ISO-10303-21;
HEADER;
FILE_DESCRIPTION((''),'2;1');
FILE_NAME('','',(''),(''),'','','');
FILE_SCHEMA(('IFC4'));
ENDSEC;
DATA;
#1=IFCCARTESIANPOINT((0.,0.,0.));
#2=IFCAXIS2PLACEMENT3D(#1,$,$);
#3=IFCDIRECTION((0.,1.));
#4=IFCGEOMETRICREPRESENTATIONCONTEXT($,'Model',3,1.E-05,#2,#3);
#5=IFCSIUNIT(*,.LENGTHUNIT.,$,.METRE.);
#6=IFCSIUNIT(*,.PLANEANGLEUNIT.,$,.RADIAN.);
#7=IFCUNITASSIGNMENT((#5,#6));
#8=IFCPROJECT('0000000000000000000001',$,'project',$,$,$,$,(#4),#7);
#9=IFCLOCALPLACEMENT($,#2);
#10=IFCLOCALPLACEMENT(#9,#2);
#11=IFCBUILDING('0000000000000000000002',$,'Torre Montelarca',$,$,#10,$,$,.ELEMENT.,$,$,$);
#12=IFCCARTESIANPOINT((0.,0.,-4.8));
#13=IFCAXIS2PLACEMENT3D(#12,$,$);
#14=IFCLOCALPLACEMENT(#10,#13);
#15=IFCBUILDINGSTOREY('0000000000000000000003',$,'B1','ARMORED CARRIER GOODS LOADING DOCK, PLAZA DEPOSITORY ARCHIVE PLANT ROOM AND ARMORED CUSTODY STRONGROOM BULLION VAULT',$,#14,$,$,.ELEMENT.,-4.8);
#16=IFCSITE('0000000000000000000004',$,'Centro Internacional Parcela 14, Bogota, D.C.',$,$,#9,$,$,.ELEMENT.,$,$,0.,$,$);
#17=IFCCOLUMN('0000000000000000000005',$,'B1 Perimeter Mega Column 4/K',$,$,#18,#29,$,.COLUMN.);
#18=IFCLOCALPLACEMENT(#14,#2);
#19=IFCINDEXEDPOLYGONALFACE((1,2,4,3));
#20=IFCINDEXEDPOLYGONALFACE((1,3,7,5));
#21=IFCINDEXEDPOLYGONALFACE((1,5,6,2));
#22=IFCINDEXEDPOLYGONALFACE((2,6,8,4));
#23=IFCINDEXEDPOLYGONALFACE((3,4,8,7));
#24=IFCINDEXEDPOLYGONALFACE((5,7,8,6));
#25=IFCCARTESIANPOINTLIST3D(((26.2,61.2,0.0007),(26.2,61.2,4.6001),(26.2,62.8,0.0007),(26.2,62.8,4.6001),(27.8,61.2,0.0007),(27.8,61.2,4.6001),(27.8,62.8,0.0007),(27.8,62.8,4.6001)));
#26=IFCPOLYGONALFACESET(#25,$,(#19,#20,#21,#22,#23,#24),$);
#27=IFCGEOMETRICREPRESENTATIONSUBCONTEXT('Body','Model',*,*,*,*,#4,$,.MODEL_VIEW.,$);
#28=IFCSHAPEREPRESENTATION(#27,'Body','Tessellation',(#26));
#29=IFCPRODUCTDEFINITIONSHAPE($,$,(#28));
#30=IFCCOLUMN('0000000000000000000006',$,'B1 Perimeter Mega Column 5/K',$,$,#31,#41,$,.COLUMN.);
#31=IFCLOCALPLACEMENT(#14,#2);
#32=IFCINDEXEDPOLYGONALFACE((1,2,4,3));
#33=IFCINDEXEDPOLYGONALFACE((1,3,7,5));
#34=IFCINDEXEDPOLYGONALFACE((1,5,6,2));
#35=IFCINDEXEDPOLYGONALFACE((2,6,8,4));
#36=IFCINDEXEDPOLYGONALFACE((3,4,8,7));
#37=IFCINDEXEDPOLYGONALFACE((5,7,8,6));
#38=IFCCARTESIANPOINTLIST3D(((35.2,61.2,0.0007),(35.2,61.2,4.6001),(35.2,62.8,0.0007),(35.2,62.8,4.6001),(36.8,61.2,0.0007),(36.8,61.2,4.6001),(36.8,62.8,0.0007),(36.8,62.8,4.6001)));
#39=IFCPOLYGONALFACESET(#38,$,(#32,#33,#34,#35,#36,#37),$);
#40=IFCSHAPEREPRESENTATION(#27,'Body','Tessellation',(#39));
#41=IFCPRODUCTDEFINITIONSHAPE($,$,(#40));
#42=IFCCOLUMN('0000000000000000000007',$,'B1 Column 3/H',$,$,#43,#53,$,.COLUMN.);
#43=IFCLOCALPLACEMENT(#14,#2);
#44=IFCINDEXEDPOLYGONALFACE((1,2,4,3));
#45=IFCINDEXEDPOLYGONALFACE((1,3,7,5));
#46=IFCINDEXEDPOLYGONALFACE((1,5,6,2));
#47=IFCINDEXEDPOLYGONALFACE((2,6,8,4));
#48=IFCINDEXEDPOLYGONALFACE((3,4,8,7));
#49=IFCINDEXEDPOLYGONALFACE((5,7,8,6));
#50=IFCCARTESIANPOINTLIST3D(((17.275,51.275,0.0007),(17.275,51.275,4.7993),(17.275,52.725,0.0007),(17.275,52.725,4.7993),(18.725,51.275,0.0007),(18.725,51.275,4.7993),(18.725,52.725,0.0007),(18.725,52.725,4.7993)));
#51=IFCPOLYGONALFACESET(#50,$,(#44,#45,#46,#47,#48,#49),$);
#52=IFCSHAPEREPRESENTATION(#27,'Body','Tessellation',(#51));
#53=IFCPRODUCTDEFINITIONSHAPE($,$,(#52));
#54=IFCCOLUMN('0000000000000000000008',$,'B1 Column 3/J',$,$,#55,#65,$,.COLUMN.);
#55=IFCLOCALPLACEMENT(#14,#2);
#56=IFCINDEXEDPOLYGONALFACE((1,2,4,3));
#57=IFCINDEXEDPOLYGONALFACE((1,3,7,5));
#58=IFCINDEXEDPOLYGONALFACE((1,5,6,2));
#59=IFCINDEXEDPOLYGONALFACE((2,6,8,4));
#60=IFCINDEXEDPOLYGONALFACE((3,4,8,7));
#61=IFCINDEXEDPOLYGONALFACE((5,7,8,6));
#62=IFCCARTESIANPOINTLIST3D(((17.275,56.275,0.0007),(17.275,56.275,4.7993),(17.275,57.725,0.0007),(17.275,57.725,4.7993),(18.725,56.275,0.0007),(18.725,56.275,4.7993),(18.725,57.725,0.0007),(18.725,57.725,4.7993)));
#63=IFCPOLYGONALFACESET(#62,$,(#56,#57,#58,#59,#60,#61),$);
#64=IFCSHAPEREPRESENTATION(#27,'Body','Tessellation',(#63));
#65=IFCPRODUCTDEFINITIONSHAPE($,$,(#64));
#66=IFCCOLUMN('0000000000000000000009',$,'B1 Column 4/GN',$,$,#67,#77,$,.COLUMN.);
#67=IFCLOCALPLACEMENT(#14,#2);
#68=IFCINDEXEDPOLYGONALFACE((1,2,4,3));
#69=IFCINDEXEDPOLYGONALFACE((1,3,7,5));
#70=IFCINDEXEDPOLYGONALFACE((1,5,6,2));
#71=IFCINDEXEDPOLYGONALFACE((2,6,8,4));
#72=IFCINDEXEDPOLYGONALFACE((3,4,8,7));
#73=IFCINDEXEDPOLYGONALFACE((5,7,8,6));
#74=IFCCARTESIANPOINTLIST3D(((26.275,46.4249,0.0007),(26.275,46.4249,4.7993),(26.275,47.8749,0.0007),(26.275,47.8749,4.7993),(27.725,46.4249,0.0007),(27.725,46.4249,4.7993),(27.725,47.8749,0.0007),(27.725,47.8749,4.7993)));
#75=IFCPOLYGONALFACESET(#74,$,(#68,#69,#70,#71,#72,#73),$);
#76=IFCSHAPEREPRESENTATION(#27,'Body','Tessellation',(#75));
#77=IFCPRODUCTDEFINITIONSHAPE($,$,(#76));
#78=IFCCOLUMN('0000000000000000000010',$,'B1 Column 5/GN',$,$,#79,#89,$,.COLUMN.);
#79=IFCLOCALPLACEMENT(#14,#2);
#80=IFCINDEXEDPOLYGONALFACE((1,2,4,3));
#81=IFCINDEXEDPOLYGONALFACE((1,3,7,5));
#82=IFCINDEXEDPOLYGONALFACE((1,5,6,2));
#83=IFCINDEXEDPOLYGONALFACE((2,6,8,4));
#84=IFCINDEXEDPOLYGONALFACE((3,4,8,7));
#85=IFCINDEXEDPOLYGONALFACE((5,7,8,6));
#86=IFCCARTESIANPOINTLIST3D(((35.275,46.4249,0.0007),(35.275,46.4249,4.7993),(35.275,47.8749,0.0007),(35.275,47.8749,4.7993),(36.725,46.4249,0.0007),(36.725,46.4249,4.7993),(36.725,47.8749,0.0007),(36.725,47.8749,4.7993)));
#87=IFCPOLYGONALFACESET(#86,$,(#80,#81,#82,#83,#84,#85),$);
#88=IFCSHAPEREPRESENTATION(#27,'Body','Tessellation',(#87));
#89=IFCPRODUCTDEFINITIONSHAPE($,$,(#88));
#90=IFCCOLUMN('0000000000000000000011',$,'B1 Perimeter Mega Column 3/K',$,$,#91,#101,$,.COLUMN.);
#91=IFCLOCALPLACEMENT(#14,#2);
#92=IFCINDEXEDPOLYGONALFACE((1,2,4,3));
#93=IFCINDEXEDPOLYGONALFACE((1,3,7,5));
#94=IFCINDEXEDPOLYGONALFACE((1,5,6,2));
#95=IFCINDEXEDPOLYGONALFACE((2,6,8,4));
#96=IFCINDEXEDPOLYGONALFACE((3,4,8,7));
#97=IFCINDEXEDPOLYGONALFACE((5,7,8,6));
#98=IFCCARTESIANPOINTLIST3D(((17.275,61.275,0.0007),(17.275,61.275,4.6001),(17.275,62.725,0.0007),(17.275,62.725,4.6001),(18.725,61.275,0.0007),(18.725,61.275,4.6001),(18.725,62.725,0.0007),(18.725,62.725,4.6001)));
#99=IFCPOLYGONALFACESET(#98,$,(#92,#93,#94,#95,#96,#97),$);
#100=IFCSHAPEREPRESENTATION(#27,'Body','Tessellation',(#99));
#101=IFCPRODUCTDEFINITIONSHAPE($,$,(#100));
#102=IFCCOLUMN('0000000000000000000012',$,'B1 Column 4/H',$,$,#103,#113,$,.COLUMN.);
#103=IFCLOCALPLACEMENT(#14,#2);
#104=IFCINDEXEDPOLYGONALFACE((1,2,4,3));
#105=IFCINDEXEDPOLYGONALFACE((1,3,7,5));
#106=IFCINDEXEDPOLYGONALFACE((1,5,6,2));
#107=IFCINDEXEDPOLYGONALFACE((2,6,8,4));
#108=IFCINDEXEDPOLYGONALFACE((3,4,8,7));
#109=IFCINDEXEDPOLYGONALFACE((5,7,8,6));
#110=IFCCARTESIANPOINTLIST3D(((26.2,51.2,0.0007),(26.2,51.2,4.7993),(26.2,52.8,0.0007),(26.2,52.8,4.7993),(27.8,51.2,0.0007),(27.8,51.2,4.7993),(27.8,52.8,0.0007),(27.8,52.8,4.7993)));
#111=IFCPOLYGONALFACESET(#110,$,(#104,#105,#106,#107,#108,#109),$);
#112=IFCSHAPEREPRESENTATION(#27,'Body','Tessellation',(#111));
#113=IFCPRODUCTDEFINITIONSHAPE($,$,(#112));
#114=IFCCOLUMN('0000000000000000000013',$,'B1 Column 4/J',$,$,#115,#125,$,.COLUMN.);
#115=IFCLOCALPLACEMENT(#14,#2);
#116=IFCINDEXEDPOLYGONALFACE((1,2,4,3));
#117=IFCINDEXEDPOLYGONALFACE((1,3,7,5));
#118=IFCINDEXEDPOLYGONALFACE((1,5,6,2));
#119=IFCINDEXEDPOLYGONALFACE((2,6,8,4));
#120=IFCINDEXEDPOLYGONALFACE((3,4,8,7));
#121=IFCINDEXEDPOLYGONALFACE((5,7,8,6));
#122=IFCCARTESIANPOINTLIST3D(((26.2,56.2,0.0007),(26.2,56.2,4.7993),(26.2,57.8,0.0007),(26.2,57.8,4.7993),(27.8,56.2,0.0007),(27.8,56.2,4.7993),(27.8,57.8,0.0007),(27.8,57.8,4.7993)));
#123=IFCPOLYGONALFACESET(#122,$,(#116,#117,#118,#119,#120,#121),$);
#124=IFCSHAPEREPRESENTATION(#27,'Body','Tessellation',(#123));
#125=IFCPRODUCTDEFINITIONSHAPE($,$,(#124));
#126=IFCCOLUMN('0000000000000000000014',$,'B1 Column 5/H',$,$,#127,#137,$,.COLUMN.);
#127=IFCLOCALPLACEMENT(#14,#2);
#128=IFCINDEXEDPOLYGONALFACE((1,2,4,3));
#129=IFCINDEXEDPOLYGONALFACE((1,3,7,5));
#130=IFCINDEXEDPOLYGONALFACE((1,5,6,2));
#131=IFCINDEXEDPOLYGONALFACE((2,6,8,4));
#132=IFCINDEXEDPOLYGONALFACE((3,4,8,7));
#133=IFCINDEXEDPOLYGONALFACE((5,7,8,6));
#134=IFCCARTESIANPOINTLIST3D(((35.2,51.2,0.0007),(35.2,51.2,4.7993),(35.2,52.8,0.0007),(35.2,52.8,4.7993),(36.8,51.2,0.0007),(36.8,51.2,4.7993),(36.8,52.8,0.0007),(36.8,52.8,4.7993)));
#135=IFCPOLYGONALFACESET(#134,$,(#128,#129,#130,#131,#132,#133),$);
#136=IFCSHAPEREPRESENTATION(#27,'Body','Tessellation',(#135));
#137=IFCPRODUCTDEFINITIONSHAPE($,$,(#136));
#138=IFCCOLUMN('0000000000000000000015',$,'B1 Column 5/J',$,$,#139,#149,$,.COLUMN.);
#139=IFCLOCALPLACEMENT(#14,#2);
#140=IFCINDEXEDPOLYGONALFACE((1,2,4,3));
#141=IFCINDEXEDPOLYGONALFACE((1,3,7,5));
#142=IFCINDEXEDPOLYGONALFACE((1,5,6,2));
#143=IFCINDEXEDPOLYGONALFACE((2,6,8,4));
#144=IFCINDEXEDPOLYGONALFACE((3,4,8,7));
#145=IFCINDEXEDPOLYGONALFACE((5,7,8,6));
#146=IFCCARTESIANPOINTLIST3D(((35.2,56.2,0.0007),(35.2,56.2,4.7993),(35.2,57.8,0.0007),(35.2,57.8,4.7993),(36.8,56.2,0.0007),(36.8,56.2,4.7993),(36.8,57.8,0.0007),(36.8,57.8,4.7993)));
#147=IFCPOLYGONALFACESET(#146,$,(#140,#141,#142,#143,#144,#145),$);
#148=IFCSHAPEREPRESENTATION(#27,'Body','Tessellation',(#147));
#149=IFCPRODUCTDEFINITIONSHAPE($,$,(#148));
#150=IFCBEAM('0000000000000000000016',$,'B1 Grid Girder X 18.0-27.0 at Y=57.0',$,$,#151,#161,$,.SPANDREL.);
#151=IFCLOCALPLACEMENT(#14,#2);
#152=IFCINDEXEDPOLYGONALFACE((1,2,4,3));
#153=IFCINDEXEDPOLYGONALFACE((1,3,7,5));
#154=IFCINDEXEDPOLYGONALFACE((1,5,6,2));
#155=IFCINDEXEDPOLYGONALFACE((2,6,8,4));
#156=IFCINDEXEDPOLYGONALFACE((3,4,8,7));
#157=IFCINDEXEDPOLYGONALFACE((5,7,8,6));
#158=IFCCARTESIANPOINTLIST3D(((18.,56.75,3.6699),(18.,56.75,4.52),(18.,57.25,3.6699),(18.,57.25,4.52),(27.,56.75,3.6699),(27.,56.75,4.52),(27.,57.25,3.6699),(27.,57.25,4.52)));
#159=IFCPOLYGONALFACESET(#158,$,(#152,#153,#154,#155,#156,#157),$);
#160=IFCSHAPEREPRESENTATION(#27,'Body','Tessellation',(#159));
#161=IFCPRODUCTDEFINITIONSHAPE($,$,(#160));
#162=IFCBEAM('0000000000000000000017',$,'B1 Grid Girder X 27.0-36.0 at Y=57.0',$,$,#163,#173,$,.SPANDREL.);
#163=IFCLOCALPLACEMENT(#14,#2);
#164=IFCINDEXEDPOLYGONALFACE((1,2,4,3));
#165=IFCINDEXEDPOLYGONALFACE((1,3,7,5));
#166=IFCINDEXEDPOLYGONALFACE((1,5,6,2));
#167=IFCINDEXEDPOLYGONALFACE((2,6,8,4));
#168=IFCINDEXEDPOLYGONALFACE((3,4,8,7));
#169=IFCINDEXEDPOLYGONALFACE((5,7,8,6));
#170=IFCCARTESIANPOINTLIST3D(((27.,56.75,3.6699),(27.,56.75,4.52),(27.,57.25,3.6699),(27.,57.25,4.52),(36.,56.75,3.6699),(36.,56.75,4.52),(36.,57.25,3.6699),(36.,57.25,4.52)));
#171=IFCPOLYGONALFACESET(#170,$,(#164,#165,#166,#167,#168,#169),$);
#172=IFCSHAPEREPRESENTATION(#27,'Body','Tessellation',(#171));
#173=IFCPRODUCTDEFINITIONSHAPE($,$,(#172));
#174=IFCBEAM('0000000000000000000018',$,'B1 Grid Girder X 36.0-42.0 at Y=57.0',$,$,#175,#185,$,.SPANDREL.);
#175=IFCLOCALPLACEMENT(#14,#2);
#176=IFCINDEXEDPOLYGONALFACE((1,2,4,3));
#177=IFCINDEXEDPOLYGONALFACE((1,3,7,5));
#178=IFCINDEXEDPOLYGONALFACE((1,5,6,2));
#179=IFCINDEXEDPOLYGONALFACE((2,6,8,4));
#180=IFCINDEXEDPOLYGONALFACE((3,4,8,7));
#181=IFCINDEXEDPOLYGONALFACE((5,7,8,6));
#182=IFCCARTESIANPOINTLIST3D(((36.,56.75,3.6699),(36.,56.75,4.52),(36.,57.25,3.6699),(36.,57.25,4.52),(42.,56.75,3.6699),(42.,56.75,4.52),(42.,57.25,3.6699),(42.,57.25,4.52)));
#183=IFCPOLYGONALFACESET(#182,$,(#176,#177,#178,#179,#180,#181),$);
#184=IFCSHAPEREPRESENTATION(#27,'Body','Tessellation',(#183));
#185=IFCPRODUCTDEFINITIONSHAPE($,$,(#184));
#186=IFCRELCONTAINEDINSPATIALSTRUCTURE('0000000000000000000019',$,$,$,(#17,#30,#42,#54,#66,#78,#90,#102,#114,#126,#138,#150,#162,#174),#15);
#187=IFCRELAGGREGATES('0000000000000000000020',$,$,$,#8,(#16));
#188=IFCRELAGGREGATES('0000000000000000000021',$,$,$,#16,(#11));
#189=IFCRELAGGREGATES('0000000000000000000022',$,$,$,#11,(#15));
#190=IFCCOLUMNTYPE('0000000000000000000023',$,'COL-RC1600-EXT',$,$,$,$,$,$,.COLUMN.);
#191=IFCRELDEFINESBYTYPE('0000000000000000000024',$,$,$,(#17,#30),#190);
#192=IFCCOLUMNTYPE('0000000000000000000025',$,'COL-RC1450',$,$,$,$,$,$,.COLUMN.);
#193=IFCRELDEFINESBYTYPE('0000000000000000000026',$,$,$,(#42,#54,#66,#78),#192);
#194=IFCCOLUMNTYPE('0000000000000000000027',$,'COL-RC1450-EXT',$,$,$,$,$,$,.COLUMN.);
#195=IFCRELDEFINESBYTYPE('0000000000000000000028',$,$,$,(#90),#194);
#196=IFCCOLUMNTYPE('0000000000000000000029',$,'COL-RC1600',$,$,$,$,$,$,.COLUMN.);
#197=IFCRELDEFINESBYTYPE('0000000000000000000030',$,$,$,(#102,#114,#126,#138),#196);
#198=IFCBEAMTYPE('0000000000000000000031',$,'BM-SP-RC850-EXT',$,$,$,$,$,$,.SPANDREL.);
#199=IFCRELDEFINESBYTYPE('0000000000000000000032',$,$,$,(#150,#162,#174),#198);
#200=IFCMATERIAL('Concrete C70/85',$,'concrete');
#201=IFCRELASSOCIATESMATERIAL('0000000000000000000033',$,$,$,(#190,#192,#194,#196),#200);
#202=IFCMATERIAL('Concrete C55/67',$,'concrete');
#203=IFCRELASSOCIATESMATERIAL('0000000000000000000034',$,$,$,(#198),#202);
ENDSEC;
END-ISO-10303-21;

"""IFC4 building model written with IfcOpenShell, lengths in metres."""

from ifc_helpers import new_model, si_unit, direction, frame, origin, origin_2d, place, context, subcontext, project, spatial, rectangle, extrude, source, transform, mapped, material, material_profile, profile_set, type_object, element, save


model = new_model("IFC4")

# Units and contexts
model_context = context("Model", 3, precision=1e-05, world=origin(), true_north=direction((0.0, 1.0)))
body_context = subcontext(model_context, "Body", "Model", "MODEL_VIEW")
ifc_project = project(units=[si_unit("LENGTHUNIT", "METRE"), si_unit("PLANEANGLEUNIT", "RADIAN")], contexts=[model_context])

# Site, building, storey
site_placement = place(None, origin())
site = spatial("IfcSite", under=ifc_project, at=site_placement, Name="Centro Internacional Parcela 14, Bogota, D.C.", CompositionType="ELEMENT", RefElevation=0.0)
building_placement = place(site_placement, origin())
building = spatial("IfcBuilding", under=site, at=building_placement, Name="Torre Montelarca", CompositionType="ELEMENT")
storey_placement = place(building_placement, frame((0.0, 0.0, -4.8)))
storey = spatial("IfcBuildingStorey", under=building, at=storey_placement, Name="B1", Description="ARMORED CARRIER GOODS LOADING DOCK, PLAZA DEPOSITORY ARCHIVE PLANT ROOM AND ARMORED CUSTODY STRONGROOM BULLION VAULT", CompositionType="ELEMENT", Elevation=-4.8)

# Columns
ifc_material_1 = material(Name="Concrete C70/85", Category="concrete")
ifc_material_profile_1 = material_profile(ifc_material_1, rectangle(XDim=1.6001, YDim=1.6001, at=origin_2d()), Name="RC1600X1600", Category="concrete")
ifc_profile_set_1 = profile_set([ifc_material_profile_1], Name="Concrete C70/85")
column_type_1 = type_object("IfcColumnType", Name="COL-RC1600-EXT", PredefinedType="COLUMN", material=ifc_profile_set_1)
shared_shape_1 = source(origin(), body_context, "Body", "SweptSolid", [
    extrude(rectangle(XDim=1.6001, YDim=1.6001, at=origin_2d()), origin(), (0.0, 0.0, 1.0), 4.5994),
])
for number, where, z_axis, x_axis, name in (
    (1, (27.0, 62.0, 0.0007), (0.0, 0.0, 1.0), (1.0, 0.0, 0.0), "B1 Perimeter Mega Column 4/K"),
    (2, (36.0, 62.0, 0.0007), (0.0, 0.0, 1.0), (1.0, 0.0, 0.0), "B1 Perimeter Mega Column 5/K"),
):
    element("IfcColumn", number, at=place(storey_placement, frame(where, z_axis=z_axis, x_axis=x_axis)), inside=storey, type_object=column_type_1, Name=name, PredefinedType="COLUMN", context=body_context, shape_type="MappedRepresentation", body=[
        mapped(shared_shape_1, transform((0.0, 0.0, 0.0), scale=1.0)),
    ])
ifc_material_profile_2 = material_profile(ifc_material_1, rectangle(XDim=1.45, YDim=1.45, at=origin_2d()), Name="RC1450X1450", Category="concrete")
ifc_profile_set_2 = profile_set([ifc_material_profile_2], Name="Concrete C70/85")
column_type_2 = type_object("IfcColumnType", Name="COL-RC1450", PredefinedType="COLUMN", material=ifc_profile_set_2)
shared_shape_2 = source(origin(), body_context, "Body", "SweptSolid", [
    extrude(rectangle(XDim=1.45, YDim=1.45, at=origin_2d()), origin(), (0.0, 0.0, 1.0), 4.7986),
])
for number, where, z_axis, x_axis, name in (
    (3, (18.0, 52.0, 0.0007), (0.0, 0.0, 1.0), (1.0, 0.0, 0.0), "B1 Column 3/H"),
    (4, (18.0, 57.0, 0.0007), (0.0, 0.0, 1.0), (1.0, 0.0, 0.0), "B1 Column 3/J"),
    (5, (27.0, 47.1499, 0.0007), (0.0, 0.0, 1.0), (1.0, 0.0, 0.0), "B1 Column 4/GN"),
    (6, (36.0, 47.1499, 0.0007), (0.0, 0.0, 1.0), (1.0, 0.0, 0.0), "B1 Column 5/GN"),
):
    element("IfcColumn", number, at=place(storey_placement, frame(where, z_axis=z_axis, x_axis=x_axis)), inside=storey, type_object=column_type_2, Name=name, PredefinedType="COLUMN", context=body_context, shape_type="MappedRepresentation", body=[
        mapped(shared_shape_2, transform((0.0, 0.0, 0.0), scale=1.0)),
    ])
ifc_material_profile_3 = material_profile(ifc_material_1, rectangle(XDim=1.45, YDim=1.45, at=origin_2d()), Name="RC1450X1450", Category="concrete")
ifc_profile_set_3 = profile_set([ifc_material_profile_3], Name="Concrete C70/85")
column_type_3 = type_object("IfcColumnType", Name="COL-RC1450-EXT", PredefinedType="COLUMN", material=ifc_profile_set_3)
shared_shape_3 = source(origin(), body_context, "Body", "SweptSolid", [
    extrude(rectangle(XDim=1.45, YDim=1.45, at=origin_2d()), origin(), (0.0, 0.0, 1.0), 4.5994),
])
column_placement = place(storey_placement, frame((18.0, 62.0, 0.0007), z_axis=(0.0, 0.0, 1.0), x_axis=(1.0, 0.0, 0.0)))
element("IfcColumn", 7, at=column_placement, inside=storey, type_object=column_type_3, Name="B1 Perimeter Mega Column 3/K", PredefinedType="COLUMN", context=body_context, shape_type="MappedRepresentation", body=[
    mapped(shared_shape_3, transform((0.0, 0.0, 0.0), scale=1.0)),
])
ifc_material_profile_4 = material_profile(ifc_material_1, rectangle(XDim=1.6001, YDim=1.6001, at=origin_2d()), Name="RC1600X1600", Category="concrete")
ifc_profile_set_4 = profile_set([ifc_material_profile_4], Name="Concrete C70/85")
column_type_4 = type_object("IfcColumnType", Name="COL-RC1600", PredefinedType="COLUMN", material=ifc_profile_set_4)
shared_shape_4 = source(origin(), body_context, "Body", "SweptSolid", [
    extrude(rectangle(XDim=1.6001, YDim=1.6001, at=origin_2d()), origin(), (0.0, 0.0, 1.0), 4.7986),
])
for number, where, z_axis, x_axis, name in (
    (8, (27.0, 52.0, 0.0007), (0.0, 0.0, 1.0), (1.0, 0.0, 0.0), "B1 Column 4/H"),
    (9, (27.0, 57.0, 0.0007), (0.0, 0.0, 1.0), (1.0, 0.0, 0.0), "B1 Column 4/J"),
    (10, (36.0, 52.0, 0.0007), (0.0, 0.0, 1.0), (1.0, 0.0, 0.0), "B1 Column 5/H"),
    (11, (36.0, 57.0, 0.0007), (0.0, 0.0, 1.0), (1.0, 0.0, 0.0), "B1 Column 5/J"),
):
    element("IfcColumn", number, at=place(storey_placement, frame(where, z_axis=z_axis, x_axis=x_axis)), inside=storey, type_object=column_type_4, Name=name, PredefinedType="COLUMN", context=body_context, shape_type="MappedRepresentation", body=[
        mapped(shared_shape_4, transform((0.0, 0.0, 0.0), scale=1.0)),
    ])

# Beams
ifc_material_2 = material(Name="Concrete C55/67", Category="concrete")
ifc_material_profile_5 = material_profile(ifc_material_2, rectangle(XDim=0.5, YDim=0.8501, at=origin_2d()), Name="RCB500X850", Category="concrete")
ifc_profile_set_5 = profile_set([ifc_material_profile_5], Name="Concrete C55/67")
beam_type_1 = type_object("IfcBeamType", Name="BM-SP-RC850-EXT", PredefinedType="SPANDREL", material=ifc_profile_set_5)
shared_shape_5 = source(origin(), body_context, "Body", "SweptSolid", [
    extrude(rectangle(XDim=0.5, YDim=0.8501, at=origin_2d()), origin(), (0.0, 0.0, 1.0), 9.0),
])
for number, where, z_axis, x_axis, name in (
    (12, (18.0, 57.0, 4.095), (1.0, 0.0, 0.0), (0.0, 1.0, 0.0), "B1 Grid Girder X 18.0-27.0 at Y=57.0"),
    (13, (27.0, 57.0, 4.095), (1.0, 0.0, 0.0), (0.0, 1.0, 0.0), "B1 Grid Girder X 27.0-36.0 at Y=57.0"),
):
    element("IfcBeam", number, at=place(storey_placement, frame(where, z_axis=z_axis, x_axis=x_axis)), inside=storey, type_object=beam_type_1, Name=name, PredefinedType="SPANDREL", context=body_context, shape_type="MappedRepresentation", body=[
        mapped(shared_shape_5, transform((0.0, 0.0, 0.0), scale=1.0)),
    ])
shared_shape_6 = source(origin(), body_context, "Body", "SweptSolid", [
    extrude(rectangle(XDim=0.5, YDim=0.8501, at=origin_2d()), origin(), (0.0, 0.0, 1.0), 6.0),
])
beam_1_placement = place(storey_placement, frame((36.0, 57.0, 4.095), z_axis=(1.0, 0.0, 0.0), x_axis=(0.0, 1.0, 0.0)))
element("IfcBeam", 14, at=beam_1_placement, inside=storey, type_object=beam_type_1, Name="B1 Grid Girder X 36.0-42.0 at Y=57.0", PredefinedType="SPANDREL", context=body_context, shape_type="MappedRepresentation", body=[
    mapped(shared_shape_6, transform((0.0, 0.0, 0.0), scale=1.0)),
])

save(model, "model.ifc")
